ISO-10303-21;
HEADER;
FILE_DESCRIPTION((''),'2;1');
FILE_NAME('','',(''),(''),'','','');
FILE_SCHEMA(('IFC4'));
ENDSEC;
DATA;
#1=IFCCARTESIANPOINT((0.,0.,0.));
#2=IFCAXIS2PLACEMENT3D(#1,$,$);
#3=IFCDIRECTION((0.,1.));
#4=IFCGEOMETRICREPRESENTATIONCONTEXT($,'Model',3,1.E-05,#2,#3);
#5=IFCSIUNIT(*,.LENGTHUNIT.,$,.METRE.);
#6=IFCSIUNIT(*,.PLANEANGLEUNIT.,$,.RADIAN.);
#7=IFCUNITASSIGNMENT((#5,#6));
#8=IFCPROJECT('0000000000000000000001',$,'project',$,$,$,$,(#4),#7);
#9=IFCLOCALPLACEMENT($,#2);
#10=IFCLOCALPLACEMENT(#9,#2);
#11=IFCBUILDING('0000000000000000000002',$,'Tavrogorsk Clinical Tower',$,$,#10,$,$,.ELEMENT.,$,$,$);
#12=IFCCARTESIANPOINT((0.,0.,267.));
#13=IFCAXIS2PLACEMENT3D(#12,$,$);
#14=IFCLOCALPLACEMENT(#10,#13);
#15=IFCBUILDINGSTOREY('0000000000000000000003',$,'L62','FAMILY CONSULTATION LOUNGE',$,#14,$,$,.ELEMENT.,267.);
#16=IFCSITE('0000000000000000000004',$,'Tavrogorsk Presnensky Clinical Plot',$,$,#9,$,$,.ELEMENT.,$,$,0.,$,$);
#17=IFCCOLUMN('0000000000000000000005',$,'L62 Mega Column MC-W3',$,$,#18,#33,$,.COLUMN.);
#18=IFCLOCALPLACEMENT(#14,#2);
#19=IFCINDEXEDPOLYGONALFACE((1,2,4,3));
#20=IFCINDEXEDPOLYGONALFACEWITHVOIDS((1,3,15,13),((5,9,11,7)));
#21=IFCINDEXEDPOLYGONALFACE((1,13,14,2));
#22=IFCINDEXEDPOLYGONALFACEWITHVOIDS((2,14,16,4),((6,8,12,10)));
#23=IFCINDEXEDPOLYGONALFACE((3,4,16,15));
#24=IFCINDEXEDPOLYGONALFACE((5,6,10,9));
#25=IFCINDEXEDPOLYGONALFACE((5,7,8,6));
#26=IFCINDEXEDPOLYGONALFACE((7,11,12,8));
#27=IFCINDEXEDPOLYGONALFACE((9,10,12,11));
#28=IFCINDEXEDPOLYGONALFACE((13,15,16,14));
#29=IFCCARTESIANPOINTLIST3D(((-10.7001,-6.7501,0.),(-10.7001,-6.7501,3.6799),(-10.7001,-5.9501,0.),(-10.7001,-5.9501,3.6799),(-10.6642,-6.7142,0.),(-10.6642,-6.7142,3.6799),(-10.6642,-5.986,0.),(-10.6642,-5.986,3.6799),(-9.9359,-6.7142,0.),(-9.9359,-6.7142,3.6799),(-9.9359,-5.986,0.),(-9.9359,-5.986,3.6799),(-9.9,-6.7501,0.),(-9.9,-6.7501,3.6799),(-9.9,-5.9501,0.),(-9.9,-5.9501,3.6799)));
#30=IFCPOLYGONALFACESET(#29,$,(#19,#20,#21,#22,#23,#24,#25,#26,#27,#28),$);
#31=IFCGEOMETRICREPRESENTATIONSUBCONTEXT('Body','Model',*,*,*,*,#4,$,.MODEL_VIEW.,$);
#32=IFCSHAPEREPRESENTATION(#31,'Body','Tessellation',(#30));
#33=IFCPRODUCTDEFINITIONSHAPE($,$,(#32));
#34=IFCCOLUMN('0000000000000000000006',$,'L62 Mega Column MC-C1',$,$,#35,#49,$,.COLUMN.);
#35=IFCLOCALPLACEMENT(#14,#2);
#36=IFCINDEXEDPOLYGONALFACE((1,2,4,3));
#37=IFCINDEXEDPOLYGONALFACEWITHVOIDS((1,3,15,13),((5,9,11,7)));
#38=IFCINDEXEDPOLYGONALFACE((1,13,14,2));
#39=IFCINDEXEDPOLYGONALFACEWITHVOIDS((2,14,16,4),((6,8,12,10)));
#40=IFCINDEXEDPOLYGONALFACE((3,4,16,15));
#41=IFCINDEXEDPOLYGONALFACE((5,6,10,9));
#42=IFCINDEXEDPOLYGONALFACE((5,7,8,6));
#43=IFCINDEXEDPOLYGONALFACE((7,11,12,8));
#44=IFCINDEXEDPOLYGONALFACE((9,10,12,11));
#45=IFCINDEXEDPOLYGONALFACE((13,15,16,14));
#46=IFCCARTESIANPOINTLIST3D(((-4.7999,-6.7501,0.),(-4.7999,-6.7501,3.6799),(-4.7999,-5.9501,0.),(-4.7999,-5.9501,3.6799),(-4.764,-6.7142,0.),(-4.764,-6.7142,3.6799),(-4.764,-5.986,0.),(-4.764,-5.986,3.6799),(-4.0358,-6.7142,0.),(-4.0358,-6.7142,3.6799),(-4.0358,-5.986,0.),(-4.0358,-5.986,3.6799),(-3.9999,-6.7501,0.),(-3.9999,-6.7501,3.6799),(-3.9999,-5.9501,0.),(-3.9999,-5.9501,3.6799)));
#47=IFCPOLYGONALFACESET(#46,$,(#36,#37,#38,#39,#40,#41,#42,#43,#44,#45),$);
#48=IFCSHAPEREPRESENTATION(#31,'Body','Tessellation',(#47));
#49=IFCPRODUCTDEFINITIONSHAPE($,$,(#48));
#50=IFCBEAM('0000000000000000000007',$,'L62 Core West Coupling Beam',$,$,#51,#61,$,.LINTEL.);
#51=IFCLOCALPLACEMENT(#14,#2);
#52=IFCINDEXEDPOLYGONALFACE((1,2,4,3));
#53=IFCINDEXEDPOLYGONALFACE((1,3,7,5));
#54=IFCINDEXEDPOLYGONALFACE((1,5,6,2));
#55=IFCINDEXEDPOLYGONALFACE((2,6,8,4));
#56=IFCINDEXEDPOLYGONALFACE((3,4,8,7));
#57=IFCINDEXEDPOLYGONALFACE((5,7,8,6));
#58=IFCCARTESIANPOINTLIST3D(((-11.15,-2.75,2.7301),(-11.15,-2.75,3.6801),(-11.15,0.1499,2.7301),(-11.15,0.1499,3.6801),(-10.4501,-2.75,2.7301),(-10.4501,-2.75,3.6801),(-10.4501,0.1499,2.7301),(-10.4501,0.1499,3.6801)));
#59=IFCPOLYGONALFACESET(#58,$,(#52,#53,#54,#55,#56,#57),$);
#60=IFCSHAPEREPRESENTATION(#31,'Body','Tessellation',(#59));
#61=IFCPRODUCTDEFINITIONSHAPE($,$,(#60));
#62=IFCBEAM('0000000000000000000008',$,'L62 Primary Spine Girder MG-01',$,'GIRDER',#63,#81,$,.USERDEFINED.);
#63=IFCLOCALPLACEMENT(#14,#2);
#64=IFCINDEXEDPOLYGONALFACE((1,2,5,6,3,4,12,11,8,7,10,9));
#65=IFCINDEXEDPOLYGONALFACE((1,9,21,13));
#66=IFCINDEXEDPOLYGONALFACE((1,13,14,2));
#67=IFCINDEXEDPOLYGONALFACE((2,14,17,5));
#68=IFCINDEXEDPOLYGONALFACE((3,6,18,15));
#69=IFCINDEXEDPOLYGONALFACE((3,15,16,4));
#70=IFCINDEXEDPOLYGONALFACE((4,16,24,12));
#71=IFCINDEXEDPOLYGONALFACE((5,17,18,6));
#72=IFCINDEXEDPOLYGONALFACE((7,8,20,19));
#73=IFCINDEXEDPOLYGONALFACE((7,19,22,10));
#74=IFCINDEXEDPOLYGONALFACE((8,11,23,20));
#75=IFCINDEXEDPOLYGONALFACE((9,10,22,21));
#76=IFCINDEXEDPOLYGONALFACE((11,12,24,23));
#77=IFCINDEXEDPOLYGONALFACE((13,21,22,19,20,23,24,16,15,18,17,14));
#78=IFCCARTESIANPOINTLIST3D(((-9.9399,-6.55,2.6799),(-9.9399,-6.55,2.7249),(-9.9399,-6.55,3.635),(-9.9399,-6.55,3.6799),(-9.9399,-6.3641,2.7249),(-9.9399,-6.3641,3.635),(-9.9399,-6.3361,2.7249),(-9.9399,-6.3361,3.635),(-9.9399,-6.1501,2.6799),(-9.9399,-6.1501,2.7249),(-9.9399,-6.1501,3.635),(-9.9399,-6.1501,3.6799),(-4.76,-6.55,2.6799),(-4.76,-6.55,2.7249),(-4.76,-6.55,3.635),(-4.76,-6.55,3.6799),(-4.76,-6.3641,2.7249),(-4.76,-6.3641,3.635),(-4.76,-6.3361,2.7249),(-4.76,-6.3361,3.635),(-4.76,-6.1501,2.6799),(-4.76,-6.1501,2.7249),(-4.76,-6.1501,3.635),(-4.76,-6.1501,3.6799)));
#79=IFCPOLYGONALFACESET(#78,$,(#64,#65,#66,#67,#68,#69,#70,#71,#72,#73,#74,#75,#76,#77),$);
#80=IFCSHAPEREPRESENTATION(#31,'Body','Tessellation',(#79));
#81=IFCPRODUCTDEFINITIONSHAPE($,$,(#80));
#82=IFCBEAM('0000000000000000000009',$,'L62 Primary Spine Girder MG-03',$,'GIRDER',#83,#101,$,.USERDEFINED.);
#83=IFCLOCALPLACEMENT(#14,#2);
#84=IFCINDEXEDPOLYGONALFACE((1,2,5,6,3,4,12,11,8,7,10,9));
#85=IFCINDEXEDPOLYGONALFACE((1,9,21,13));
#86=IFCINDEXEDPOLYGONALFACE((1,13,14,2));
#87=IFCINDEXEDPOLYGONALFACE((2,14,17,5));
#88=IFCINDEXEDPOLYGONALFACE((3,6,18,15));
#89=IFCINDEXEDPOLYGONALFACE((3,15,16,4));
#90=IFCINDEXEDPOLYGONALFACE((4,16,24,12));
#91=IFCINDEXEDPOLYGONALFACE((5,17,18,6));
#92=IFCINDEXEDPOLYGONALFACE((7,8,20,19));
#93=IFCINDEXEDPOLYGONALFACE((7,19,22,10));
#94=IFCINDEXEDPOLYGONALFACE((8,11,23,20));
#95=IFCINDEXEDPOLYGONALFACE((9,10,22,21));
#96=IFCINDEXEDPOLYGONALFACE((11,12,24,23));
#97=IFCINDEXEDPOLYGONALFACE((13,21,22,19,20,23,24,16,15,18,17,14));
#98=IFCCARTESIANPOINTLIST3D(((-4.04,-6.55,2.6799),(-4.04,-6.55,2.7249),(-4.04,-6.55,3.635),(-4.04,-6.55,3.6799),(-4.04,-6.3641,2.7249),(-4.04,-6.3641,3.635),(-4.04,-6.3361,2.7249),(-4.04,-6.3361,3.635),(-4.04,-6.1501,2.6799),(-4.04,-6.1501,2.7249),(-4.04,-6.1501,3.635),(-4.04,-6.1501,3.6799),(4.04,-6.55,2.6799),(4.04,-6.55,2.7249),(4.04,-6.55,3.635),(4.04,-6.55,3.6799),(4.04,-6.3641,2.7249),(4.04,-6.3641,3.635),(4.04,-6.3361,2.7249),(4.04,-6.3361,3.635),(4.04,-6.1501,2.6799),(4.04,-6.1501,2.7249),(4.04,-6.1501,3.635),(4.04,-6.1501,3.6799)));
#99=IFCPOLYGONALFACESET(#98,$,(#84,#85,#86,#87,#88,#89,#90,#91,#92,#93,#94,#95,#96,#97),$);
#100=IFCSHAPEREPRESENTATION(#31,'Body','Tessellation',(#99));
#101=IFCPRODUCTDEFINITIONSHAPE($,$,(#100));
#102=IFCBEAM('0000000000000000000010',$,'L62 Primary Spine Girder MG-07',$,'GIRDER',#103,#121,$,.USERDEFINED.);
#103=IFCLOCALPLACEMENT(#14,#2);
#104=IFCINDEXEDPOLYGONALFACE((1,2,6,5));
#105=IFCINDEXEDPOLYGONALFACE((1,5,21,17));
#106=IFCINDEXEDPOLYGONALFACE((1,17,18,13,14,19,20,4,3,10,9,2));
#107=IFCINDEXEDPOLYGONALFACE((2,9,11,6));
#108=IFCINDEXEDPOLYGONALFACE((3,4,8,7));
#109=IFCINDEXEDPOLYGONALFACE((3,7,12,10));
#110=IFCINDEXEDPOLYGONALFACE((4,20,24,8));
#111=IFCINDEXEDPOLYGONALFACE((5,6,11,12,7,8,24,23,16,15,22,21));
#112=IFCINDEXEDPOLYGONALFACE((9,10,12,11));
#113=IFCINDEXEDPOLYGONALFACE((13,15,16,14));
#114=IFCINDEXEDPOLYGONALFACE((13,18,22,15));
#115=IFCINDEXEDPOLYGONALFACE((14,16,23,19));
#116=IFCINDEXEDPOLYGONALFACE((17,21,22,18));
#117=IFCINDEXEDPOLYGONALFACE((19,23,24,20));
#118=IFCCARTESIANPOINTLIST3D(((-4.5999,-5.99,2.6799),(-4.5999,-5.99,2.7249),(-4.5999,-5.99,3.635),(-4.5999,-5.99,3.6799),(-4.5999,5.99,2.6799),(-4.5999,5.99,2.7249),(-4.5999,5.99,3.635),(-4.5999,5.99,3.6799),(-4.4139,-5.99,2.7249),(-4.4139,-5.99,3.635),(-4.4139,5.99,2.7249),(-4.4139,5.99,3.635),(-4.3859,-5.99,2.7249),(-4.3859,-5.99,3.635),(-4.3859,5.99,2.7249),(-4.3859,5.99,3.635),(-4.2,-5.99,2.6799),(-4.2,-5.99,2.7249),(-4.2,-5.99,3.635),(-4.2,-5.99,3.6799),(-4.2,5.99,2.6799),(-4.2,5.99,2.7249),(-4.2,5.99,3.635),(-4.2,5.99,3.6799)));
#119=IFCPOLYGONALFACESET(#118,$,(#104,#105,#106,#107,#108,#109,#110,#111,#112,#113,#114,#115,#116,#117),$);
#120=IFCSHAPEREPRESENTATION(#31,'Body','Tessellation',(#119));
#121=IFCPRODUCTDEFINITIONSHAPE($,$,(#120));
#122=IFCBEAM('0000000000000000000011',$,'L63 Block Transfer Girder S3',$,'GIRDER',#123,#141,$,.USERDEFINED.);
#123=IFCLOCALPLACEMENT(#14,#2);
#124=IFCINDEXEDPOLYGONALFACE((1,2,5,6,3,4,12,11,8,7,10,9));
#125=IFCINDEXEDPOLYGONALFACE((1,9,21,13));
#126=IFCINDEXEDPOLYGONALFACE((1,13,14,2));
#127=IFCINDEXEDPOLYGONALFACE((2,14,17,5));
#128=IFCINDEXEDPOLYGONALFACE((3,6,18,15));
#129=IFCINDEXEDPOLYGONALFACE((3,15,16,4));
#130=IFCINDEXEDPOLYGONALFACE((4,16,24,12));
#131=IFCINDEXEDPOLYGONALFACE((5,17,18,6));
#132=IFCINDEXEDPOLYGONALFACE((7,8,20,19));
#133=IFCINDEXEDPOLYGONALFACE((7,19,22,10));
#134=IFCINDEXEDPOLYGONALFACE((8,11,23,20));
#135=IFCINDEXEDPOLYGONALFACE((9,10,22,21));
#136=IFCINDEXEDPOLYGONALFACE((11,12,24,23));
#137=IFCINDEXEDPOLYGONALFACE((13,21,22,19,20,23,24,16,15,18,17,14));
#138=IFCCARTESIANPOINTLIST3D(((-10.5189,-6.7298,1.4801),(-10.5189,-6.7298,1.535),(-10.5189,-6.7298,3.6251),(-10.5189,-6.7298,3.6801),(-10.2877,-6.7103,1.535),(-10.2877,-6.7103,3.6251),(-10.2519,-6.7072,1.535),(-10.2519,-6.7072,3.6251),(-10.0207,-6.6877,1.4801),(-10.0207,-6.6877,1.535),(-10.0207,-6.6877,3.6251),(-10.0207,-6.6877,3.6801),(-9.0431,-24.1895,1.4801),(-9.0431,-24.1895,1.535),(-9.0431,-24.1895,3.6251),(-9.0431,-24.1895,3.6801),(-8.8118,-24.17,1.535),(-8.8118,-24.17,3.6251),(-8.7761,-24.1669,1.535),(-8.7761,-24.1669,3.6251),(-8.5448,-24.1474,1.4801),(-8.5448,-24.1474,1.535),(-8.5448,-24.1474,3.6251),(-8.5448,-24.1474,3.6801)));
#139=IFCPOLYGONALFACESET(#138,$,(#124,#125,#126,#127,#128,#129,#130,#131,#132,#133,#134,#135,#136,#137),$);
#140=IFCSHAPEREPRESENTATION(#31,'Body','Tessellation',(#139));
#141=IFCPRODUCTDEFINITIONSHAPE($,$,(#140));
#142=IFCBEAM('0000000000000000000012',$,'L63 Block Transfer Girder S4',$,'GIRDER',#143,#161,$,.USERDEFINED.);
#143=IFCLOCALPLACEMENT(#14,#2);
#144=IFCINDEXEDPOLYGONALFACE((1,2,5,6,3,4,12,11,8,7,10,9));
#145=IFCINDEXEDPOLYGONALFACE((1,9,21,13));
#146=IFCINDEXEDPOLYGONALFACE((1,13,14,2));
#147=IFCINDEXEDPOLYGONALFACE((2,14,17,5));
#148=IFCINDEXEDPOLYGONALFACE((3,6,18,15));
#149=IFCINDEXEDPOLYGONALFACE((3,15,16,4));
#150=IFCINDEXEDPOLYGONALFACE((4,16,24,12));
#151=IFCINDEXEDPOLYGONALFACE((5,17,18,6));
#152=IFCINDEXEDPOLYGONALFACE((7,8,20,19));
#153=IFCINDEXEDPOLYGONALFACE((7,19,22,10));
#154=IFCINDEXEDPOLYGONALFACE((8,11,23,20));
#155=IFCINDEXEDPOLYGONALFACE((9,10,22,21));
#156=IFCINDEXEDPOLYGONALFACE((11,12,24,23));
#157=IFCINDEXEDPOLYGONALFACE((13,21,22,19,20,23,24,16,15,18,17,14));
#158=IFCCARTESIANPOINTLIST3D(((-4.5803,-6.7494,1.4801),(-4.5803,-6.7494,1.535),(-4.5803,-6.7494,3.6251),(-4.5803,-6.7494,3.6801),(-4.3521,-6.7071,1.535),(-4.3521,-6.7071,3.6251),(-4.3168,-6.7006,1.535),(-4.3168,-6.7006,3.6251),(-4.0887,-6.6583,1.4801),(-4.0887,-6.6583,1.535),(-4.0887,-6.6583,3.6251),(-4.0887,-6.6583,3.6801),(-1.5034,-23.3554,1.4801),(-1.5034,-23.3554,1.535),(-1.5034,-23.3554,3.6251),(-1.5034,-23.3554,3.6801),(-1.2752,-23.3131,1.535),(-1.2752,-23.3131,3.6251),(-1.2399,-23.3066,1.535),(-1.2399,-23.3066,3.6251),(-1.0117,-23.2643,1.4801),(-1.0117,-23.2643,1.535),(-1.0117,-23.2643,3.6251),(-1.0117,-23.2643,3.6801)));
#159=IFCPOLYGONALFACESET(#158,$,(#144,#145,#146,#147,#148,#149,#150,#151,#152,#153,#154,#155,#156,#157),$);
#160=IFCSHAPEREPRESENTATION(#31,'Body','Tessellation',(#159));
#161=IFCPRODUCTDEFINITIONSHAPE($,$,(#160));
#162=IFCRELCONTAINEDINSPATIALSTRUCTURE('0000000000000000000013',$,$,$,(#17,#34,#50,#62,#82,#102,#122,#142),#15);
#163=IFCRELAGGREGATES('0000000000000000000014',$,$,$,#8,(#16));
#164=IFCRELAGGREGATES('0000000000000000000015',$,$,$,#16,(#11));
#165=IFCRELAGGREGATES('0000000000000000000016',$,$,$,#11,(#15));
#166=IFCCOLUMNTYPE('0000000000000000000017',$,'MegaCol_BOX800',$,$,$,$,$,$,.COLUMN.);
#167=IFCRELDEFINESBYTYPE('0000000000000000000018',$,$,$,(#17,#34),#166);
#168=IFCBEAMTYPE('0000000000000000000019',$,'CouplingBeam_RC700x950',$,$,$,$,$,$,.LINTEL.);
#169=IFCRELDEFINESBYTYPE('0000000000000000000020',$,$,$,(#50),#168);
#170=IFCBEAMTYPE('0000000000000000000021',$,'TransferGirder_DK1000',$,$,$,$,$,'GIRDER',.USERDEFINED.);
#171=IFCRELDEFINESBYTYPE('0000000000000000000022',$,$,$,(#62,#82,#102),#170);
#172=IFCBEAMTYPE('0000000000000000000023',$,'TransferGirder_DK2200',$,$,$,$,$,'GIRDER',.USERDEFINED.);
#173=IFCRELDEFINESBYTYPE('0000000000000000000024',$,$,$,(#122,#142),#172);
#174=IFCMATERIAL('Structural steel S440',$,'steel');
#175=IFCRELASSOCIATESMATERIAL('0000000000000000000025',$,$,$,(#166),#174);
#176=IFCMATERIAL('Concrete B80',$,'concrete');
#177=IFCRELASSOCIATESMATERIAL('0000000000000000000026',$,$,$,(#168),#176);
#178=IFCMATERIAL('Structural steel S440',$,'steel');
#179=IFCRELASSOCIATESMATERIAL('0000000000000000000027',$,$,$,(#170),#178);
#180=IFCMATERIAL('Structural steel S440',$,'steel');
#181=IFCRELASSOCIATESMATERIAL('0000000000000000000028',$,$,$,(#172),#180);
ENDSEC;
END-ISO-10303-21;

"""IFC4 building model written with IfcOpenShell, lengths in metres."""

from ifc_helpers import new_model, si_unit, direction, frame, origin, origin_2d, place, context, subcontext, project, spatial, rectangle, hollow_rectangle, i_section, extrude, material, material_profile, profile_set, type_object, element, save


model = new_model("IFC4")

# Units and contexts
model_context = context("Model", 3, precision=1e-05, world=origin(), true_north=direction((0.0, 1.0)))
body_context = subcontext(model_context, "Body", "Model", "MODEL_VIEW")
ifc_project = project(units=[si_unit("LENGTHUNIT", "METRE"), si_unit("PLANEANGLEUNIT", "RADIAN")], contexts=[model_context])

# Site, building, storey
site_placement = place(None, origin())
site = spatial("IfcSite", under=ifc_project, at=site_placement, Name="Tavrogorsk Presnensky Clinical Plot", CompositionType="ELEMENT", RefElevation=0.0)
building_placement = place(site_placement, origin())
building = spatial("IfcBuilding", under=site, at=building_placement, Name="Tavrogorsk Clinical Tower", CompositionType="ELEMENT")
storey_placement = place(building_placement, frame((0.0, 0.0, 267.0)))
storey = spatial("IfcBuildingStorey", under=building, at=storey_placement, Name="L62", Description="FAMILY CONSULTATION LOUNGE", CompositionType="ELEMENT", Elevation=267.0)

# Columns
ifc_material_1 = material(Name="Structural steel S440", Category="steel")
ifc_material_profile_1 = material_profile(ifc_material_1, hollow_rectangle(XDim=0.8, YDim=0.8, WallThickness=0.0359, at=origin_2d()), Name="BOX-800x800x36")
ifc_profile_set_1 = profile_set([ifc_material_profile_1], Name="Structural steel S440")
column_type = type_object("IfcColumnType", Name="MegaCol_BOX800", PredefinedType="COLUMN", material=ifc_profile_set_1)
for number, where, z_axis, x_axis, name in (
    (1, (-10.3, -6.3501, 0.0), (0.0, 0.0, 1.0), (1.0, 0.0, 0.0), "L62 Mega Column MC-W3"),
    (2, (-4.3999, -6.3501, 0.0), (0.0, 0.0, 1.0), (1.0, 0.0, 0.0), "L62 Mega Column MC-C1"),
):
    element("IfcColumn", number, at=place(storey_placement, frame(where, z_axis=z_axis, x_axis=x_axis)), inside=storey, type_object=column_type, Name=name, PredefinedType="COLUMN", context=body_context, shape_type="SweptSolid", body=[
        extrude(hollow_rectangle(XDim=0.8, YDim=0.8, WallThickness=0.0359, at=origin_2d()), origin(), (0.0, 0.0, 1.0), 3.6799),
    ])

# Beams
ifc_material_2 = material(Name="Concrete B80", Category="concrete")
ifc_material_profile_2 = material_profile(ifc_material_2, rectangle(XDim=0.7, YDim=0.95, at=origin_2d()), Name="RC-CB-700x950")
ifc_profile_set_2 = profile_set([ifc_material_profile_2], Name="Concrete B80")
beam_type_1 = type_object("IfcBeamType", Name="CouplingBeam_RC700x950", PredefinedType="LINTEL", material=ifc_profile_set_2)
beam_1_placement = place(storey_placement, frame((-10.8, -2.75, 3.2051), z_axis=(0.0, 1.0, 0.0), x_axis=(-1.0, 0.0, 0.0)))
element("IfcBeam", 3, at=beam_1_placement, inside=storey, type_object=beam_type_1, Name="L62 Core West Coupling Beam", PredefinedType="LINTEL", context=body_context, shape_type="SweptSolid", body=[
    extrude(rectangle(XDim=0.7, YDim=0.95, at=origin_2d()), origin(), (0.0, 0.0, 1.0), 2.8999),
])
ifc_material_3 = material(Name="Structural steel S440", Category="steel")
ifc_material_profile_3 = material_profile(ifc_material_3, i_section(OverallWidth=0.3999, OverallDepth=1.0, WebThickness=0.0281, FlangeThickness=0.0449, at=origin_2d()), Name="DK-1000x400x28x45")
ifc_profile_set_3 = profile_set([ifc_material_profile_3], Name="Structural steel S440")
beam_type_2 = type_object("IfcBeamType", Name="TransferGirder_DK1000", ElementType="GIRDER", PredefinedType="USERDEFINED", material=ifc_profile_set_3)
beam_2_placement = place(storey_placement, frame((-9.9399, -6.3501, 3.1799), z_axis=(1.0, 0.0, 0.0), x_axis=(0.0, 1.0, 0.0)))
element("IfcBeam", 4, at=beam_2_placement, inside=storey, type_object=beam_type_2, Name="L62 Primary Spine Girder MG-01", ObjectType="GIRDER", PredefinedType="USERDEFINED", context=body_context, shape_type="SweptSolid", body=[
    extrude(i_section(OverallWidth=0.3999, OverallDepth=1.0, WebThickness=0.0281, FlangeThickness=0.0449, at=origin_2d()), origin(), (0.0, 0.0, 1.0), 5.1799),
])
beam_3_placement = place(storey_placement, frame((-4.04, -6.3501, 3.1799), z_axis=(1.0, 0.0, 0.0), x_axis=(0.0, 1.0, 0.0)))
element("IfcBeam", 5, at=beam_3_placement, inside=storey, type_object=beam_type_2, Name="L62 Primary Spine Girder MG-03", ObjectType="GIRDER", PredefinedType="USERDEFINED", context=body_context, shape_type="SweptSolid", body=[
    extrude(i_section(OverallWidth=0.3999, OverallDepth=1.0, WebThickness=0.0281, FlangeThickness=0.0449, at=origin_2d()), origin(), (0.0, 0.0, 1.0), 8.0801),
])
beam_4_placement = place(storey_placement, frame((-4.3999, -5.99, 3.1799), z_axis=(0.0, 1.0, 0.0), x_axis=(-1.0, 0.0, 0.0)))
element("IfcBeam", 6, at=beam_4_placement, inside=storey, type_object=beam_type_2, Name="L62 Primary Spine Girder MG-07", ObjectType="GIRDER", PredefinedType="USERDEFINED", context=body_context, shape_type="SweptSolid", body=[
    extrude(i_section(OverallWidth=0.3999, OverallDepth=1.0, WebThickness=0.0281, FlangeThickness=0.0449, at=origin_2d()), origin(), (0.0, 0.0, 1.0), 11.98),
])
ifc_material_4 = material(Name="Structural steel S440", Category="steel")
ifc_material_profile_4 = material_profile(ifc_material_4, i_section(OverallWidth=0.5, OverallDepth=2.2, WebThickness=0.0359, FlangeThickness=0.0549, at=origin_2d()), Name="DK-2200x500x36x55")
ifc_profile_set_4 = profile_set([ifc_material_profile_4], Name="Structural steel S440")
beam_type_3 = type_object("IfcBeamType", Name="TransferGirder_DK2200", ElementType="GIRDER", PredefinedType="USERDEFINED", material=ifc_profile_set_4)
beam_5_placement = place(storey_placement, frame((-10.2698, -6.7087, 2.5801), z_axis=(0.084227, -0.996447, 0.0), x_axis=(0.996447, 0.084227, 0.0)))
element("IfcBeam", 7, at=beam_5_placement, inside=storey, type_object=beam_type_3, Name="L63 Block Transfer Girder S3", ObjectType="GIRDER", PredefinedType="USERDEFINED", context=body_context, shape_type="SweptSolid", body=[
    extrude(i_section(OverallWidth=0.5, OverallDepth=2.2, WebThickness=0.0359, FlangeThickness=0.0549, at=origin_2d()), origin(), (0.0, 0.0, 1.0), 17.522),
])
beam_6_placement = place(storey_placement, frame((-4.3345, -6.7039, 2.5801), z_axis=(0.182188, -0.983264, 0.0), x_axis=(0.983264, 0.182188, 0.0)))
element("IfcBeam", 8, at=beam_6_placement, inside=storey, type_object=beam_type_3, Name="L63 Block Transfer Girder S4", ObjectType="GIRDER", PredefinedType="USERDEFINED", context=body_context, shape_type="SweptSolid", body=[
    extrude(i_section(OverallWidth=0.5, OverallDepth=2.2, WebThickness=0.0359, FlangeThickness=0.0549, at=origin_2d()), origin(), (0.0, 0.0, 1.0), 16.8887),
])

save(model, "model.ifc")
